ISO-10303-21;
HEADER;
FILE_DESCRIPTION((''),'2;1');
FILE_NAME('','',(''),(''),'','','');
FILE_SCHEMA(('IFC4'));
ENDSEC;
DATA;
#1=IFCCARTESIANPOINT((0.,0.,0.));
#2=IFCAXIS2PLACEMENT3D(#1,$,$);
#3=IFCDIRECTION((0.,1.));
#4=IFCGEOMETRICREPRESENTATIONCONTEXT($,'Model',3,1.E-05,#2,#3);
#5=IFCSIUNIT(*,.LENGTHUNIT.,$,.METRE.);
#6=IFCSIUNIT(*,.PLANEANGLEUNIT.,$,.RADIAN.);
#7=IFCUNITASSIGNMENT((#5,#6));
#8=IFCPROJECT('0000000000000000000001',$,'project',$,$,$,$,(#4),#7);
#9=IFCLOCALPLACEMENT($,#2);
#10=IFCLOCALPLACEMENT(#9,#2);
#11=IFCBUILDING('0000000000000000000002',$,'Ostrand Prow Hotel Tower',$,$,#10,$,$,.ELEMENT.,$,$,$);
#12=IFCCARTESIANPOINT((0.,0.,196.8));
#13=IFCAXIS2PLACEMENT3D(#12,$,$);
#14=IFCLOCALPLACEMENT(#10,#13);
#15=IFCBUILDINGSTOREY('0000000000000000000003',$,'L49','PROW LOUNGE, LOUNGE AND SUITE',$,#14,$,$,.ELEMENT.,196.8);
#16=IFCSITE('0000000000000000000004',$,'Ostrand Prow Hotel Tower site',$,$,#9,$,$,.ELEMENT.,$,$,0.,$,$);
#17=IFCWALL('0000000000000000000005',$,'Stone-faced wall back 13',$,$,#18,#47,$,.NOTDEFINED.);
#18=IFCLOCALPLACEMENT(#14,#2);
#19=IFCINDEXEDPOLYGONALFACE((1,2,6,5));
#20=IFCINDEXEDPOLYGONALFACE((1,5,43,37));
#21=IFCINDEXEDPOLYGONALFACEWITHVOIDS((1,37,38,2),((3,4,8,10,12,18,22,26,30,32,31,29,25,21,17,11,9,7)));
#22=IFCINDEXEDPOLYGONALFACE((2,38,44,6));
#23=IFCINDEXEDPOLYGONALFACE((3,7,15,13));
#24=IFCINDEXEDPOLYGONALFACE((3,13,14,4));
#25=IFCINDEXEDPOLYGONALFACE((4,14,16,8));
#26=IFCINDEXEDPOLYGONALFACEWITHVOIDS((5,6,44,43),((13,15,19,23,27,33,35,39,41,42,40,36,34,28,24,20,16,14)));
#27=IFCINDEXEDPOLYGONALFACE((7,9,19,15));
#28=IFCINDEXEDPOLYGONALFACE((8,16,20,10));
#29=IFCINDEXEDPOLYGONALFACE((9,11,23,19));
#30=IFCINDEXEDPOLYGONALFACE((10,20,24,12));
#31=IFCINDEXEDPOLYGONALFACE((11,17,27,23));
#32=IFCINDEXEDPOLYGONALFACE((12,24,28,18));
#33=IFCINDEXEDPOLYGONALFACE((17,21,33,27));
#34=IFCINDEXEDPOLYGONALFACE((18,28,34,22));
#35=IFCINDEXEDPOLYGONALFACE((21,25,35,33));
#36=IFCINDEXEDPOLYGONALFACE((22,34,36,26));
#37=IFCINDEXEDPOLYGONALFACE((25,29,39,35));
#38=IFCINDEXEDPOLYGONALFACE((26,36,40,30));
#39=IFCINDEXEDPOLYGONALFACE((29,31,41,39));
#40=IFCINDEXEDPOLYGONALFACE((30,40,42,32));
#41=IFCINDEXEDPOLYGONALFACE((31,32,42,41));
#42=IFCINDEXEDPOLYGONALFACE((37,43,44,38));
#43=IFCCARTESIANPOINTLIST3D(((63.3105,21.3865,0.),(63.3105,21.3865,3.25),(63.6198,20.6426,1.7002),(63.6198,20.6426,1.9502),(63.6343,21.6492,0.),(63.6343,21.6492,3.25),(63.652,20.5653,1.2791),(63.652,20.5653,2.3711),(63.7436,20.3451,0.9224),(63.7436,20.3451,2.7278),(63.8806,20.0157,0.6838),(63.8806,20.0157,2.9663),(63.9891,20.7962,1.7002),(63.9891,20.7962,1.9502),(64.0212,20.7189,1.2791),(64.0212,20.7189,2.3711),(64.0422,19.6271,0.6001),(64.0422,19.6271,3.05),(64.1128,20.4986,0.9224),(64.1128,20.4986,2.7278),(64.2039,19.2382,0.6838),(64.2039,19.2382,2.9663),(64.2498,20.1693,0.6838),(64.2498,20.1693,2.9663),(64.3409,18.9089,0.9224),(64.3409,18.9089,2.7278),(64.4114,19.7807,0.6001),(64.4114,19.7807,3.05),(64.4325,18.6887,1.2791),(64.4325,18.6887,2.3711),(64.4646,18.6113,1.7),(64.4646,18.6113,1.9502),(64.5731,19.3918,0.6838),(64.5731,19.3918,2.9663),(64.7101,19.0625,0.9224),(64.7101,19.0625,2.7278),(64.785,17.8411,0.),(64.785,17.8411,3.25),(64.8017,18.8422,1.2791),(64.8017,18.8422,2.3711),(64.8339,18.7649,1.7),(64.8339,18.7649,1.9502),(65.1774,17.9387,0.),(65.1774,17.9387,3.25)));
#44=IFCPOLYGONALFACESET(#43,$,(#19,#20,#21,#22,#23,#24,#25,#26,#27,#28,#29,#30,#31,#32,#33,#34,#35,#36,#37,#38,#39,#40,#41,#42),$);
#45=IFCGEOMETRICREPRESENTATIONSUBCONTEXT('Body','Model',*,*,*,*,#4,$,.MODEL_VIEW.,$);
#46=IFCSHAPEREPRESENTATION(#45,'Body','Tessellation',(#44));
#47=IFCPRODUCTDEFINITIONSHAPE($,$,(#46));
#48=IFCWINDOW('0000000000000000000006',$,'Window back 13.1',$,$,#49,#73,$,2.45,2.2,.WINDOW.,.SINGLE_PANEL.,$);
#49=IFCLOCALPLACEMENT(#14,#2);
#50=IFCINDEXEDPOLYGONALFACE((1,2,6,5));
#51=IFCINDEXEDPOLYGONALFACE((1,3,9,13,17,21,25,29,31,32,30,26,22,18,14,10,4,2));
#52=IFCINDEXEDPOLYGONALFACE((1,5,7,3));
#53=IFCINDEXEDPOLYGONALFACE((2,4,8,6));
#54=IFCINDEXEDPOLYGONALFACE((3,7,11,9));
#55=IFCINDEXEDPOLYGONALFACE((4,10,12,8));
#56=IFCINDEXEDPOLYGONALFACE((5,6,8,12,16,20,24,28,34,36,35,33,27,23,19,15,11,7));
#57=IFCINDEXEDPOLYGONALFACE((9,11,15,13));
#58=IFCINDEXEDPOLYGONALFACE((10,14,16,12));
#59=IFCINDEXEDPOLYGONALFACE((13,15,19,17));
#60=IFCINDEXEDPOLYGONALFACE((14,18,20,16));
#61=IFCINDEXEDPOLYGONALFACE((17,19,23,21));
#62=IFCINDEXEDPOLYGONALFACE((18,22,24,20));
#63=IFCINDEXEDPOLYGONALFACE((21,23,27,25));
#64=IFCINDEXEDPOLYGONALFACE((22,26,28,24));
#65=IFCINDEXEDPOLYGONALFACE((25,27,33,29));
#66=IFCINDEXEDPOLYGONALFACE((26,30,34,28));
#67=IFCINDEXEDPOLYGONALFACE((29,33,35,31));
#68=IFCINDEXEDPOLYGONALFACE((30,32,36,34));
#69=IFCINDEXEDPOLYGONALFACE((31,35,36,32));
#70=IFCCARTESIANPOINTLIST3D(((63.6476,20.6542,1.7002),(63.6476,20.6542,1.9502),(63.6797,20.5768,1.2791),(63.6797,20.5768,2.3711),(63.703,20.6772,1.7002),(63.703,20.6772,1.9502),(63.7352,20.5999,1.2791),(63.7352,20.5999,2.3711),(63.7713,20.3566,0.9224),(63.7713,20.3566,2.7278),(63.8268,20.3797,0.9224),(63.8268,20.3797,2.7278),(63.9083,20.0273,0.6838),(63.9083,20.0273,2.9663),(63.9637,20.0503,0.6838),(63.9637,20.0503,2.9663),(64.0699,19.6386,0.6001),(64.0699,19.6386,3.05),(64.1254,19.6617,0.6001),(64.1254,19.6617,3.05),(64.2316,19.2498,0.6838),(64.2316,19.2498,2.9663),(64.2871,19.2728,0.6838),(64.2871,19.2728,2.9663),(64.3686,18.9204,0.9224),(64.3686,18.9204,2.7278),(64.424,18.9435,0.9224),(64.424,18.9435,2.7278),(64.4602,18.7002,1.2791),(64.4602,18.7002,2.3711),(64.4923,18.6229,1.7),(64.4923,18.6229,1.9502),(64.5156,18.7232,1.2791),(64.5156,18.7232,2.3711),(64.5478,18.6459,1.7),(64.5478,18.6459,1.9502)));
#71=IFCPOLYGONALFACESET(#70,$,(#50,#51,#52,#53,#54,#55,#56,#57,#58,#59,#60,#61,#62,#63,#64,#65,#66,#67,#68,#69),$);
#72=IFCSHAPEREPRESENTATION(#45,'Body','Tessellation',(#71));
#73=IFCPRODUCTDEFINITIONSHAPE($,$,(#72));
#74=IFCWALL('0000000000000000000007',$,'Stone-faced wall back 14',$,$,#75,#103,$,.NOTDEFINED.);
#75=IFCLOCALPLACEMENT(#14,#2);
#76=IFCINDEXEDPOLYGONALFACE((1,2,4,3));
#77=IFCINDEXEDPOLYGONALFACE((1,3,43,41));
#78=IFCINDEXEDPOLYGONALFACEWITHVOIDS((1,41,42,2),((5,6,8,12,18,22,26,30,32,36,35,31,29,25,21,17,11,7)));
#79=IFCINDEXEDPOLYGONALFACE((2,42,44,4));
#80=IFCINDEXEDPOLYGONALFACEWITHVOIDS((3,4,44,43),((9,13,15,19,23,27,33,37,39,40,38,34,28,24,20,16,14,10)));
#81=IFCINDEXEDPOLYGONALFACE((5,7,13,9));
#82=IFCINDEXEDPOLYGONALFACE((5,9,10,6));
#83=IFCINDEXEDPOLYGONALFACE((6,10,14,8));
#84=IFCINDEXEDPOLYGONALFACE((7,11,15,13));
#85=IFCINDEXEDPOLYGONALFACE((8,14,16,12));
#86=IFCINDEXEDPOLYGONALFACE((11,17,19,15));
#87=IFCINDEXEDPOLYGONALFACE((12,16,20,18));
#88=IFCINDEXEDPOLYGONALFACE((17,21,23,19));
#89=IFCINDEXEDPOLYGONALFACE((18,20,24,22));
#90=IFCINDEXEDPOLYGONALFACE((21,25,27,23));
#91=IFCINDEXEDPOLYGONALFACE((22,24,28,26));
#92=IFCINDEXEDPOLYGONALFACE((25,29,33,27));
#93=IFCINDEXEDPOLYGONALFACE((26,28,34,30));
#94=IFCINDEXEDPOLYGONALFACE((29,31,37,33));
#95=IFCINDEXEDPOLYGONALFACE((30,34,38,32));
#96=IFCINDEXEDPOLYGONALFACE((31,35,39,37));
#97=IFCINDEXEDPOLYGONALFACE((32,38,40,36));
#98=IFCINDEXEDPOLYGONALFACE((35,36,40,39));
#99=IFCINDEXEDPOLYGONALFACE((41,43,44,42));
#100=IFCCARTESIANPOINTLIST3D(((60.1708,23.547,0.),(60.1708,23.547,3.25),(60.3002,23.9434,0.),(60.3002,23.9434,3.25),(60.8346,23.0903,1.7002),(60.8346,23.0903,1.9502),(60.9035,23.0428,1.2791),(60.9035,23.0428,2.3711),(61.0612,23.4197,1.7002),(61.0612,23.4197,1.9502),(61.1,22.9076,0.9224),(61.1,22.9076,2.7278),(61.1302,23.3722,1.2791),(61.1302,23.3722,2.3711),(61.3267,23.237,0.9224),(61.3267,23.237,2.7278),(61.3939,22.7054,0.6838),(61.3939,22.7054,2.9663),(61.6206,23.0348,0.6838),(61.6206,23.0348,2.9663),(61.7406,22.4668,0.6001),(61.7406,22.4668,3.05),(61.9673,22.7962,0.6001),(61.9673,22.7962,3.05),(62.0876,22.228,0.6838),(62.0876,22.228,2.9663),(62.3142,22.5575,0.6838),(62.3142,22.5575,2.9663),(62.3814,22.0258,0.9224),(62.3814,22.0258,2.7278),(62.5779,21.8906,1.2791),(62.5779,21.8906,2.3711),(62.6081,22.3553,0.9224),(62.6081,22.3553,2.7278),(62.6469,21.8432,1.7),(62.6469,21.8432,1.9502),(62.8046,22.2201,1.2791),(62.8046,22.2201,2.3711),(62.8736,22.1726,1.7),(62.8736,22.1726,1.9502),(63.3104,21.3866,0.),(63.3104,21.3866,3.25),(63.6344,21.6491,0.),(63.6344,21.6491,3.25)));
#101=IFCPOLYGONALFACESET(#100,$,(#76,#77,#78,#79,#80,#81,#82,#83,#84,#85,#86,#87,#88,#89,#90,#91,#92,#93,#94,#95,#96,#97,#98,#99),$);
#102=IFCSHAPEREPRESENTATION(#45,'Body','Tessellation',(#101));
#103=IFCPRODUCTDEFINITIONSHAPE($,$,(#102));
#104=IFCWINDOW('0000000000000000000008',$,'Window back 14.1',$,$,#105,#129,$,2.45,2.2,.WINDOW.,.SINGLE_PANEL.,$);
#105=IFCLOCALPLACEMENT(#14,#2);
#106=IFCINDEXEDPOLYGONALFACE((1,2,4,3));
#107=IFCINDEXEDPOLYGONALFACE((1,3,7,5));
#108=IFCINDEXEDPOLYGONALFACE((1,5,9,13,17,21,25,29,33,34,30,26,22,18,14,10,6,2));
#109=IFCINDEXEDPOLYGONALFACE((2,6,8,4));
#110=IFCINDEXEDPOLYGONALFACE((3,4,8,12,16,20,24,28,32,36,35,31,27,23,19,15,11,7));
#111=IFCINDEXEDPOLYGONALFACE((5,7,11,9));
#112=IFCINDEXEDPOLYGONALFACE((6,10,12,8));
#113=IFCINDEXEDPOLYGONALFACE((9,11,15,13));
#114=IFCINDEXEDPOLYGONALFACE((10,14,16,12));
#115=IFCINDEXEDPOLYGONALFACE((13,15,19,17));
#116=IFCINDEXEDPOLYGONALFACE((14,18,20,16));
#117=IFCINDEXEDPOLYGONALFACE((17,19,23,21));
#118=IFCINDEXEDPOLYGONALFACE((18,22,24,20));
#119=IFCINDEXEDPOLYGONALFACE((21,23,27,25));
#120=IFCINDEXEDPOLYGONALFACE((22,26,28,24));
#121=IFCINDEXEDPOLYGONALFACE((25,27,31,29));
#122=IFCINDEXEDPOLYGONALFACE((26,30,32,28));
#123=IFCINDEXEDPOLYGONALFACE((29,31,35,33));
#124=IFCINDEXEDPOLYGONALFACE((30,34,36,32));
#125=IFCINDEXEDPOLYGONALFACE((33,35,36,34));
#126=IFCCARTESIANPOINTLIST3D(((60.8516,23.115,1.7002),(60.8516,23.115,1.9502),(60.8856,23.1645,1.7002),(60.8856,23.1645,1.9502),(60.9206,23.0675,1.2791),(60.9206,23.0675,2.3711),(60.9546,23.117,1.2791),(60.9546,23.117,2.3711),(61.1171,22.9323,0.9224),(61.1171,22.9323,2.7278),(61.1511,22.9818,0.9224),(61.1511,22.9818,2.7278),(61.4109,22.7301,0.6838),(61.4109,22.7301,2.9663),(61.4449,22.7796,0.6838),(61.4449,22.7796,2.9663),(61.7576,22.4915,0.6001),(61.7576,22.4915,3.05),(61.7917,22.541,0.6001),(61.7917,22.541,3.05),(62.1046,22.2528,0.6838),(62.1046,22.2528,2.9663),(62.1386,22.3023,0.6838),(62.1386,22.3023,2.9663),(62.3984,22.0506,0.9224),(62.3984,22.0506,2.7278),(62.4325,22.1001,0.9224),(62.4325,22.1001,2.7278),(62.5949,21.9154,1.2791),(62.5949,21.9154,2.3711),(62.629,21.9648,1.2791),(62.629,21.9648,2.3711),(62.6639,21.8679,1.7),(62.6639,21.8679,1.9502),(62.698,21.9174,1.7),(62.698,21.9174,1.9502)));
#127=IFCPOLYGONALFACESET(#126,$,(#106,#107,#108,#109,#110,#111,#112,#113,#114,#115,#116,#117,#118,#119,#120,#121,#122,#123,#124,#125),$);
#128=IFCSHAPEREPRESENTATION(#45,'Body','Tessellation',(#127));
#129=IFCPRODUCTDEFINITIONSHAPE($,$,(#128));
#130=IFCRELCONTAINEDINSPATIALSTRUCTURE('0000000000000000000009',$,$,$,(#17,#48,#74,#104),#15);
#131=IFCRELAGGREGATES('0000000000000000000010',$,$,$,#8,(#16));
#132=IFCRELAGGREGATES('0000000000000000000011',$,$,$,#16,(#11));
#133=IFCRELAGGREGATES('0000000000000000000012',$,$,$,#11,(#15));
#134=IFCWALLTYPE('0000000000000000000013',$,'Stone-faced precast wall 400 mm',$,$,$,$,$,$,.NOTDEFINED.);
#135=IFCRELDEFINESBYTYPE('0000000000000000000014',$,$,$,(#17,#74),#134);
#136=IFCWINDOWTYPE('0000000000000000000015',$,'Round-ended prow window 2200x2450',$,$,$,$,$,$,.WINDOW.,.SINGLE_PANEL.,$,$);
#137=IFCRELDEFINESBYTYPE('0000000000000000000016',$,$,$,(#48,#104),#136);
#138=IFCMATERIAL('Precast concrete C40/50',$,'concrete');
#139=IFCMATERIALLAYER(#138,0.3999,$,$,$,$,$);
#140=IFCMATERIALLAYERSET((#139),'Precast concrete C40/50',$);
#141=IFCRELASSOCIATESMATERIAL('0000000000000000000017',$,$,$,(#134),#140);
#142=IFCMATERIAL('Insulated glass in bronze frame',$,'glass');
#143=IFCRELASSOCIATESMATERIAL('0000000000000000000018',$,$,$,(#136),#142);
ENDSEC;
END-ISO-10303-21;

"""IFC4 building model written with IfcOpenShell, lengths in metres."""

from ifc_helpers import new_model, si_unit, direction, frame, origin, place, context, subcontext, project, spatial, polyline, outline, extrude, material, layer, layer_set, type_object, element, fill, save


model = new_model("IFC4")

# Units and contexts
model_context = context("Model", 3, precision=1e-05, world=origin(), true_north=direction((0.0, 1.0)))
body_context = subcontext(model_context, "Body", "Model", "MODEL_VIEW")
ifc_project = project(units=[si_unit("LENGTHUNIT", "METRE"), si_unit("PLANEANGLEUNIT", "RADIAN")], contexts=[model_context])

# Site, building, storey
site_placement = place(None, origin())
site = spatial("IfcSite", under=ifc_project, at=site_placement, Name="Ostrand Prow Hotel Tower site", CompositionType="ELEMENT", RefElevation=0.0)
building_placement = place(site_placement, origin())
building = spatial("IfcBuilding", under=site, at=building_placement, Name="Ostrand Prow Hotel Tower", CompositionType="ELEMENT")
storey_placement = place(building_placement, frame((0.0, 0.0, 196.8)))
storey = spatial("IfcBuildingStorey", under=building, at=storey_placement, Name="L49", Description="PROW LOUNGE, LOUNGE AND SUITE", CompositionType="ELEMENT", Elevation=196.8)

# Walls, openings, windows
ifc_material_1 = material(Name="Precast concrete C40/50", Category="concrete")
ifc_layer_1 = layer(ifc_material_1, 0.3999)
ifc_layer_set_1 = layer_set([ifc_layer_1], Name="Precast concrete C40/50")
wall_type_1 = type_object("IfcWallType", Name="Stone-faced precast wall 400 mm", PredefinedType="NOTDEFINED", material=ifc_layer_set_1)
wall_1_placement = place(storey_placement, frame((64.9812, 17.8899, 0.0), z_axis=(0.0, 0.0, 1.0), x_axis=(-0.383998, 0.923334, 0.0)))
wall_1 = element("IfcWall", 1, at=wall_1_placement, inside=storey, type_object=wall_type_1, Name="Stone-faced wall back 13", PredefinedType="NOTDEFINED", context=body_context, shape_type="SweptSolid", body=[
    extrude(outline(polyline([(-0.0303, -0.2), (3.9883, -0.2), (3.8701, 0.2), (0.0303, 0.2), (-0.0303, -0.2)])), origin(), (0.0, 0.0, 1.0), 3.25),
])
opening_1_placement = place(wall_1_placement, frame((0.8645, 0.0, 0.6001)))
opening_1 = element("IfcOpeningElement", 2, at=opening_1_placement, cuts=wall_1, PredefinedType="OPENING", context=body_context, shape_type="SweptSolid", body=[
    extrude(outline(polyline([(0.0, 1.3501), (0.0837, 1.771), (0.3223, 2.1277), (0.679, 2.3662), (1.1001, 2.45), (1.521, 2.3662), (1.8777, 2.1277), (2.1162, 1.771), (2.2, 1.3501), (2.2, 1.1001), (2.1162, 0.679), (1.8777, 0.3223), (1.521, 0.0837), (1.1001, 0.0), (0.679, 0.0837), (0.3223, 0.3223), (0.0837, 0.679), (0.0, 1.0999), (0.0, 1.3501)])), frame((0.0, 0.21, 0.0), z_axis=(0.0, -1.0, 0.0), x_axis=(1.0, 0.0, 0.0)), (0.0, 0.0, 1.0), 0.4199),
])
ifc_material_2 = material(Name="Insulated glass in bronze frame", Category="glass")
window_type_1 = type_object("IfcWindowType", Name="Round-ended prow window 2200x2450", PartitioningType="SINGLE_PANEL", PredefinedType="WINDOW", material=ifc_material_2)
window_1_placement = place(opening_1_placement, origin())
window_1 = element("IfcWindow", 3, at=window_1_placement, inside=storey, type_object=window_type_1, Name="Window back 13.1", OverallHeight=2.45, OverallWidth=2.2, PartitioningType="SINGLE_PANEL", PredefinedType="WINDOW", context=body_context, shape_type="SweptSolid", body=[
    extrude(outline(polyline([(0.0, 1.3501), (0.0837, 1.771), (0.3223, 2.1277), (0.679, 2.3662), (1.1001, 2.45), (1.521, 2.3662), (1.8777, 2.1277), (2.1162, 1.771), (2.2, 1.3501), (2.2, 1.1001), (2.1162, 0.679), (1.8777, 0.3223), (1.521, 0.0837), (1.1001, 0.0), (0.679, 0.0837), (0.3223, 0.3223), (0.0837, 0.679), (0.0, 1.0999), (0.0, 1.3501)])), frame((0.0, 0.1699, 0.0), z_axis=(0.0, -1.0, 0.0), x_axis=(1.0, 0.0, 0.0)), (0.0, 0.0, 1.0), 0.0601),
])
fill(opening_1, window_1)
wall_2_placement = place(storey_placement, frame((63.4724, 21.5178, 0.0), z_axis=(0.0, 0.0, 1.0), x_axis=(-0.823806, 0.566872, 0.0)))
wall_2 = element("IfcWall", 4, at=wall_2_placement, inside=storey, type_object=wall_type_1, Name="Stone-faced wall back 14", PredefinedType="NOTDEFINED", context=body_context, shape_type="SweptSolid", body=[
    extrude(outline(polyline([(-0.0591, -0.2), (3.9883, -0.2), (3.8701, 0.2), (0.0591, 0.2), (-0.0591, -0.2)])), origin(), (0.0, 0.0, 1.0), 3.25),
])
opening_2_placement = place(wall_2_placement, frame((0.8645, 0.0, 0.6001)))
opening_2 = element("IfcOpeningElement", 5, at=opening_2_placement, cuts=wall_2, PredefinedType="OPENING", context=body_context, shape_type="SweptSolid", body=[
    extrude(outline(polyline([(0.0, 1.3501), (0.0837, 1.771), (0.3223, 2.1277), (0.679, 2.3662), (1.1001, 2.45), (1.521, 2.3662), (1.8777, 2.1277), (2.1162, 1.771), (2.2, 1.3501), (2.2, 1.1001), (2.1162, 0.679), (1.8777, 0.3223), (1.521, 0.0837), (1.1001, 0.0), (0.679, 0.0837), (0.3223, 0.3223), (0.0837, 0.679), (0.0, 1.0999), (0.0, 1.3501)])), frame((0.0, 0.21, 0.0), z_axis=(0.0, -1.0, 0.0), x_axis=(1.0, 0.0, 0.0)), (0.0, 0.0, 1.0), 0.4199),
])
window_2_placement = place(opening_2_placement, origin())
window_2 = element("IfcWindow", 6, at=window_2_placement, inside=storey, type_object=window_type_1, Name="Window back 14.1", OverallHeight=2.45, OverallWidth=2.2, PartitioningType="SINGLE_PANEL", PredefinedType="WINDOW", context=body_context, shape_type="SweptSolid", body=[
    extrude(outline(polyline([(0.0, 1.3501), (0.0837, 1.771), (0.3223, 2.1277), (0.679, 2.3662), (1.1001, 2.45), (1.521, 2.3662), (1.8777, 2.1277), (2.1162, 1.771), (2.2, 1.3501), (2.2, 1.1001), (2.1162, 0.679), (1.8777, 0.3223), (1.521, 0.0837), (1.1001, 0.0), (0.679, 0.0837), (0.3223, 0.3223), (0.0837, 0.679), (0.0, 1.0999), (0.0, 1.3501)])), frame((0.0, 0.1699, 0.0), z_axis=(0.0, -1.0, 0.0), x_axis=(1.0, 0.0, 0.0)), (0.0, 0.0, 1.0), 0.0601),
])
fill(opening_2, window_2)

save(model, "model.ifc")
